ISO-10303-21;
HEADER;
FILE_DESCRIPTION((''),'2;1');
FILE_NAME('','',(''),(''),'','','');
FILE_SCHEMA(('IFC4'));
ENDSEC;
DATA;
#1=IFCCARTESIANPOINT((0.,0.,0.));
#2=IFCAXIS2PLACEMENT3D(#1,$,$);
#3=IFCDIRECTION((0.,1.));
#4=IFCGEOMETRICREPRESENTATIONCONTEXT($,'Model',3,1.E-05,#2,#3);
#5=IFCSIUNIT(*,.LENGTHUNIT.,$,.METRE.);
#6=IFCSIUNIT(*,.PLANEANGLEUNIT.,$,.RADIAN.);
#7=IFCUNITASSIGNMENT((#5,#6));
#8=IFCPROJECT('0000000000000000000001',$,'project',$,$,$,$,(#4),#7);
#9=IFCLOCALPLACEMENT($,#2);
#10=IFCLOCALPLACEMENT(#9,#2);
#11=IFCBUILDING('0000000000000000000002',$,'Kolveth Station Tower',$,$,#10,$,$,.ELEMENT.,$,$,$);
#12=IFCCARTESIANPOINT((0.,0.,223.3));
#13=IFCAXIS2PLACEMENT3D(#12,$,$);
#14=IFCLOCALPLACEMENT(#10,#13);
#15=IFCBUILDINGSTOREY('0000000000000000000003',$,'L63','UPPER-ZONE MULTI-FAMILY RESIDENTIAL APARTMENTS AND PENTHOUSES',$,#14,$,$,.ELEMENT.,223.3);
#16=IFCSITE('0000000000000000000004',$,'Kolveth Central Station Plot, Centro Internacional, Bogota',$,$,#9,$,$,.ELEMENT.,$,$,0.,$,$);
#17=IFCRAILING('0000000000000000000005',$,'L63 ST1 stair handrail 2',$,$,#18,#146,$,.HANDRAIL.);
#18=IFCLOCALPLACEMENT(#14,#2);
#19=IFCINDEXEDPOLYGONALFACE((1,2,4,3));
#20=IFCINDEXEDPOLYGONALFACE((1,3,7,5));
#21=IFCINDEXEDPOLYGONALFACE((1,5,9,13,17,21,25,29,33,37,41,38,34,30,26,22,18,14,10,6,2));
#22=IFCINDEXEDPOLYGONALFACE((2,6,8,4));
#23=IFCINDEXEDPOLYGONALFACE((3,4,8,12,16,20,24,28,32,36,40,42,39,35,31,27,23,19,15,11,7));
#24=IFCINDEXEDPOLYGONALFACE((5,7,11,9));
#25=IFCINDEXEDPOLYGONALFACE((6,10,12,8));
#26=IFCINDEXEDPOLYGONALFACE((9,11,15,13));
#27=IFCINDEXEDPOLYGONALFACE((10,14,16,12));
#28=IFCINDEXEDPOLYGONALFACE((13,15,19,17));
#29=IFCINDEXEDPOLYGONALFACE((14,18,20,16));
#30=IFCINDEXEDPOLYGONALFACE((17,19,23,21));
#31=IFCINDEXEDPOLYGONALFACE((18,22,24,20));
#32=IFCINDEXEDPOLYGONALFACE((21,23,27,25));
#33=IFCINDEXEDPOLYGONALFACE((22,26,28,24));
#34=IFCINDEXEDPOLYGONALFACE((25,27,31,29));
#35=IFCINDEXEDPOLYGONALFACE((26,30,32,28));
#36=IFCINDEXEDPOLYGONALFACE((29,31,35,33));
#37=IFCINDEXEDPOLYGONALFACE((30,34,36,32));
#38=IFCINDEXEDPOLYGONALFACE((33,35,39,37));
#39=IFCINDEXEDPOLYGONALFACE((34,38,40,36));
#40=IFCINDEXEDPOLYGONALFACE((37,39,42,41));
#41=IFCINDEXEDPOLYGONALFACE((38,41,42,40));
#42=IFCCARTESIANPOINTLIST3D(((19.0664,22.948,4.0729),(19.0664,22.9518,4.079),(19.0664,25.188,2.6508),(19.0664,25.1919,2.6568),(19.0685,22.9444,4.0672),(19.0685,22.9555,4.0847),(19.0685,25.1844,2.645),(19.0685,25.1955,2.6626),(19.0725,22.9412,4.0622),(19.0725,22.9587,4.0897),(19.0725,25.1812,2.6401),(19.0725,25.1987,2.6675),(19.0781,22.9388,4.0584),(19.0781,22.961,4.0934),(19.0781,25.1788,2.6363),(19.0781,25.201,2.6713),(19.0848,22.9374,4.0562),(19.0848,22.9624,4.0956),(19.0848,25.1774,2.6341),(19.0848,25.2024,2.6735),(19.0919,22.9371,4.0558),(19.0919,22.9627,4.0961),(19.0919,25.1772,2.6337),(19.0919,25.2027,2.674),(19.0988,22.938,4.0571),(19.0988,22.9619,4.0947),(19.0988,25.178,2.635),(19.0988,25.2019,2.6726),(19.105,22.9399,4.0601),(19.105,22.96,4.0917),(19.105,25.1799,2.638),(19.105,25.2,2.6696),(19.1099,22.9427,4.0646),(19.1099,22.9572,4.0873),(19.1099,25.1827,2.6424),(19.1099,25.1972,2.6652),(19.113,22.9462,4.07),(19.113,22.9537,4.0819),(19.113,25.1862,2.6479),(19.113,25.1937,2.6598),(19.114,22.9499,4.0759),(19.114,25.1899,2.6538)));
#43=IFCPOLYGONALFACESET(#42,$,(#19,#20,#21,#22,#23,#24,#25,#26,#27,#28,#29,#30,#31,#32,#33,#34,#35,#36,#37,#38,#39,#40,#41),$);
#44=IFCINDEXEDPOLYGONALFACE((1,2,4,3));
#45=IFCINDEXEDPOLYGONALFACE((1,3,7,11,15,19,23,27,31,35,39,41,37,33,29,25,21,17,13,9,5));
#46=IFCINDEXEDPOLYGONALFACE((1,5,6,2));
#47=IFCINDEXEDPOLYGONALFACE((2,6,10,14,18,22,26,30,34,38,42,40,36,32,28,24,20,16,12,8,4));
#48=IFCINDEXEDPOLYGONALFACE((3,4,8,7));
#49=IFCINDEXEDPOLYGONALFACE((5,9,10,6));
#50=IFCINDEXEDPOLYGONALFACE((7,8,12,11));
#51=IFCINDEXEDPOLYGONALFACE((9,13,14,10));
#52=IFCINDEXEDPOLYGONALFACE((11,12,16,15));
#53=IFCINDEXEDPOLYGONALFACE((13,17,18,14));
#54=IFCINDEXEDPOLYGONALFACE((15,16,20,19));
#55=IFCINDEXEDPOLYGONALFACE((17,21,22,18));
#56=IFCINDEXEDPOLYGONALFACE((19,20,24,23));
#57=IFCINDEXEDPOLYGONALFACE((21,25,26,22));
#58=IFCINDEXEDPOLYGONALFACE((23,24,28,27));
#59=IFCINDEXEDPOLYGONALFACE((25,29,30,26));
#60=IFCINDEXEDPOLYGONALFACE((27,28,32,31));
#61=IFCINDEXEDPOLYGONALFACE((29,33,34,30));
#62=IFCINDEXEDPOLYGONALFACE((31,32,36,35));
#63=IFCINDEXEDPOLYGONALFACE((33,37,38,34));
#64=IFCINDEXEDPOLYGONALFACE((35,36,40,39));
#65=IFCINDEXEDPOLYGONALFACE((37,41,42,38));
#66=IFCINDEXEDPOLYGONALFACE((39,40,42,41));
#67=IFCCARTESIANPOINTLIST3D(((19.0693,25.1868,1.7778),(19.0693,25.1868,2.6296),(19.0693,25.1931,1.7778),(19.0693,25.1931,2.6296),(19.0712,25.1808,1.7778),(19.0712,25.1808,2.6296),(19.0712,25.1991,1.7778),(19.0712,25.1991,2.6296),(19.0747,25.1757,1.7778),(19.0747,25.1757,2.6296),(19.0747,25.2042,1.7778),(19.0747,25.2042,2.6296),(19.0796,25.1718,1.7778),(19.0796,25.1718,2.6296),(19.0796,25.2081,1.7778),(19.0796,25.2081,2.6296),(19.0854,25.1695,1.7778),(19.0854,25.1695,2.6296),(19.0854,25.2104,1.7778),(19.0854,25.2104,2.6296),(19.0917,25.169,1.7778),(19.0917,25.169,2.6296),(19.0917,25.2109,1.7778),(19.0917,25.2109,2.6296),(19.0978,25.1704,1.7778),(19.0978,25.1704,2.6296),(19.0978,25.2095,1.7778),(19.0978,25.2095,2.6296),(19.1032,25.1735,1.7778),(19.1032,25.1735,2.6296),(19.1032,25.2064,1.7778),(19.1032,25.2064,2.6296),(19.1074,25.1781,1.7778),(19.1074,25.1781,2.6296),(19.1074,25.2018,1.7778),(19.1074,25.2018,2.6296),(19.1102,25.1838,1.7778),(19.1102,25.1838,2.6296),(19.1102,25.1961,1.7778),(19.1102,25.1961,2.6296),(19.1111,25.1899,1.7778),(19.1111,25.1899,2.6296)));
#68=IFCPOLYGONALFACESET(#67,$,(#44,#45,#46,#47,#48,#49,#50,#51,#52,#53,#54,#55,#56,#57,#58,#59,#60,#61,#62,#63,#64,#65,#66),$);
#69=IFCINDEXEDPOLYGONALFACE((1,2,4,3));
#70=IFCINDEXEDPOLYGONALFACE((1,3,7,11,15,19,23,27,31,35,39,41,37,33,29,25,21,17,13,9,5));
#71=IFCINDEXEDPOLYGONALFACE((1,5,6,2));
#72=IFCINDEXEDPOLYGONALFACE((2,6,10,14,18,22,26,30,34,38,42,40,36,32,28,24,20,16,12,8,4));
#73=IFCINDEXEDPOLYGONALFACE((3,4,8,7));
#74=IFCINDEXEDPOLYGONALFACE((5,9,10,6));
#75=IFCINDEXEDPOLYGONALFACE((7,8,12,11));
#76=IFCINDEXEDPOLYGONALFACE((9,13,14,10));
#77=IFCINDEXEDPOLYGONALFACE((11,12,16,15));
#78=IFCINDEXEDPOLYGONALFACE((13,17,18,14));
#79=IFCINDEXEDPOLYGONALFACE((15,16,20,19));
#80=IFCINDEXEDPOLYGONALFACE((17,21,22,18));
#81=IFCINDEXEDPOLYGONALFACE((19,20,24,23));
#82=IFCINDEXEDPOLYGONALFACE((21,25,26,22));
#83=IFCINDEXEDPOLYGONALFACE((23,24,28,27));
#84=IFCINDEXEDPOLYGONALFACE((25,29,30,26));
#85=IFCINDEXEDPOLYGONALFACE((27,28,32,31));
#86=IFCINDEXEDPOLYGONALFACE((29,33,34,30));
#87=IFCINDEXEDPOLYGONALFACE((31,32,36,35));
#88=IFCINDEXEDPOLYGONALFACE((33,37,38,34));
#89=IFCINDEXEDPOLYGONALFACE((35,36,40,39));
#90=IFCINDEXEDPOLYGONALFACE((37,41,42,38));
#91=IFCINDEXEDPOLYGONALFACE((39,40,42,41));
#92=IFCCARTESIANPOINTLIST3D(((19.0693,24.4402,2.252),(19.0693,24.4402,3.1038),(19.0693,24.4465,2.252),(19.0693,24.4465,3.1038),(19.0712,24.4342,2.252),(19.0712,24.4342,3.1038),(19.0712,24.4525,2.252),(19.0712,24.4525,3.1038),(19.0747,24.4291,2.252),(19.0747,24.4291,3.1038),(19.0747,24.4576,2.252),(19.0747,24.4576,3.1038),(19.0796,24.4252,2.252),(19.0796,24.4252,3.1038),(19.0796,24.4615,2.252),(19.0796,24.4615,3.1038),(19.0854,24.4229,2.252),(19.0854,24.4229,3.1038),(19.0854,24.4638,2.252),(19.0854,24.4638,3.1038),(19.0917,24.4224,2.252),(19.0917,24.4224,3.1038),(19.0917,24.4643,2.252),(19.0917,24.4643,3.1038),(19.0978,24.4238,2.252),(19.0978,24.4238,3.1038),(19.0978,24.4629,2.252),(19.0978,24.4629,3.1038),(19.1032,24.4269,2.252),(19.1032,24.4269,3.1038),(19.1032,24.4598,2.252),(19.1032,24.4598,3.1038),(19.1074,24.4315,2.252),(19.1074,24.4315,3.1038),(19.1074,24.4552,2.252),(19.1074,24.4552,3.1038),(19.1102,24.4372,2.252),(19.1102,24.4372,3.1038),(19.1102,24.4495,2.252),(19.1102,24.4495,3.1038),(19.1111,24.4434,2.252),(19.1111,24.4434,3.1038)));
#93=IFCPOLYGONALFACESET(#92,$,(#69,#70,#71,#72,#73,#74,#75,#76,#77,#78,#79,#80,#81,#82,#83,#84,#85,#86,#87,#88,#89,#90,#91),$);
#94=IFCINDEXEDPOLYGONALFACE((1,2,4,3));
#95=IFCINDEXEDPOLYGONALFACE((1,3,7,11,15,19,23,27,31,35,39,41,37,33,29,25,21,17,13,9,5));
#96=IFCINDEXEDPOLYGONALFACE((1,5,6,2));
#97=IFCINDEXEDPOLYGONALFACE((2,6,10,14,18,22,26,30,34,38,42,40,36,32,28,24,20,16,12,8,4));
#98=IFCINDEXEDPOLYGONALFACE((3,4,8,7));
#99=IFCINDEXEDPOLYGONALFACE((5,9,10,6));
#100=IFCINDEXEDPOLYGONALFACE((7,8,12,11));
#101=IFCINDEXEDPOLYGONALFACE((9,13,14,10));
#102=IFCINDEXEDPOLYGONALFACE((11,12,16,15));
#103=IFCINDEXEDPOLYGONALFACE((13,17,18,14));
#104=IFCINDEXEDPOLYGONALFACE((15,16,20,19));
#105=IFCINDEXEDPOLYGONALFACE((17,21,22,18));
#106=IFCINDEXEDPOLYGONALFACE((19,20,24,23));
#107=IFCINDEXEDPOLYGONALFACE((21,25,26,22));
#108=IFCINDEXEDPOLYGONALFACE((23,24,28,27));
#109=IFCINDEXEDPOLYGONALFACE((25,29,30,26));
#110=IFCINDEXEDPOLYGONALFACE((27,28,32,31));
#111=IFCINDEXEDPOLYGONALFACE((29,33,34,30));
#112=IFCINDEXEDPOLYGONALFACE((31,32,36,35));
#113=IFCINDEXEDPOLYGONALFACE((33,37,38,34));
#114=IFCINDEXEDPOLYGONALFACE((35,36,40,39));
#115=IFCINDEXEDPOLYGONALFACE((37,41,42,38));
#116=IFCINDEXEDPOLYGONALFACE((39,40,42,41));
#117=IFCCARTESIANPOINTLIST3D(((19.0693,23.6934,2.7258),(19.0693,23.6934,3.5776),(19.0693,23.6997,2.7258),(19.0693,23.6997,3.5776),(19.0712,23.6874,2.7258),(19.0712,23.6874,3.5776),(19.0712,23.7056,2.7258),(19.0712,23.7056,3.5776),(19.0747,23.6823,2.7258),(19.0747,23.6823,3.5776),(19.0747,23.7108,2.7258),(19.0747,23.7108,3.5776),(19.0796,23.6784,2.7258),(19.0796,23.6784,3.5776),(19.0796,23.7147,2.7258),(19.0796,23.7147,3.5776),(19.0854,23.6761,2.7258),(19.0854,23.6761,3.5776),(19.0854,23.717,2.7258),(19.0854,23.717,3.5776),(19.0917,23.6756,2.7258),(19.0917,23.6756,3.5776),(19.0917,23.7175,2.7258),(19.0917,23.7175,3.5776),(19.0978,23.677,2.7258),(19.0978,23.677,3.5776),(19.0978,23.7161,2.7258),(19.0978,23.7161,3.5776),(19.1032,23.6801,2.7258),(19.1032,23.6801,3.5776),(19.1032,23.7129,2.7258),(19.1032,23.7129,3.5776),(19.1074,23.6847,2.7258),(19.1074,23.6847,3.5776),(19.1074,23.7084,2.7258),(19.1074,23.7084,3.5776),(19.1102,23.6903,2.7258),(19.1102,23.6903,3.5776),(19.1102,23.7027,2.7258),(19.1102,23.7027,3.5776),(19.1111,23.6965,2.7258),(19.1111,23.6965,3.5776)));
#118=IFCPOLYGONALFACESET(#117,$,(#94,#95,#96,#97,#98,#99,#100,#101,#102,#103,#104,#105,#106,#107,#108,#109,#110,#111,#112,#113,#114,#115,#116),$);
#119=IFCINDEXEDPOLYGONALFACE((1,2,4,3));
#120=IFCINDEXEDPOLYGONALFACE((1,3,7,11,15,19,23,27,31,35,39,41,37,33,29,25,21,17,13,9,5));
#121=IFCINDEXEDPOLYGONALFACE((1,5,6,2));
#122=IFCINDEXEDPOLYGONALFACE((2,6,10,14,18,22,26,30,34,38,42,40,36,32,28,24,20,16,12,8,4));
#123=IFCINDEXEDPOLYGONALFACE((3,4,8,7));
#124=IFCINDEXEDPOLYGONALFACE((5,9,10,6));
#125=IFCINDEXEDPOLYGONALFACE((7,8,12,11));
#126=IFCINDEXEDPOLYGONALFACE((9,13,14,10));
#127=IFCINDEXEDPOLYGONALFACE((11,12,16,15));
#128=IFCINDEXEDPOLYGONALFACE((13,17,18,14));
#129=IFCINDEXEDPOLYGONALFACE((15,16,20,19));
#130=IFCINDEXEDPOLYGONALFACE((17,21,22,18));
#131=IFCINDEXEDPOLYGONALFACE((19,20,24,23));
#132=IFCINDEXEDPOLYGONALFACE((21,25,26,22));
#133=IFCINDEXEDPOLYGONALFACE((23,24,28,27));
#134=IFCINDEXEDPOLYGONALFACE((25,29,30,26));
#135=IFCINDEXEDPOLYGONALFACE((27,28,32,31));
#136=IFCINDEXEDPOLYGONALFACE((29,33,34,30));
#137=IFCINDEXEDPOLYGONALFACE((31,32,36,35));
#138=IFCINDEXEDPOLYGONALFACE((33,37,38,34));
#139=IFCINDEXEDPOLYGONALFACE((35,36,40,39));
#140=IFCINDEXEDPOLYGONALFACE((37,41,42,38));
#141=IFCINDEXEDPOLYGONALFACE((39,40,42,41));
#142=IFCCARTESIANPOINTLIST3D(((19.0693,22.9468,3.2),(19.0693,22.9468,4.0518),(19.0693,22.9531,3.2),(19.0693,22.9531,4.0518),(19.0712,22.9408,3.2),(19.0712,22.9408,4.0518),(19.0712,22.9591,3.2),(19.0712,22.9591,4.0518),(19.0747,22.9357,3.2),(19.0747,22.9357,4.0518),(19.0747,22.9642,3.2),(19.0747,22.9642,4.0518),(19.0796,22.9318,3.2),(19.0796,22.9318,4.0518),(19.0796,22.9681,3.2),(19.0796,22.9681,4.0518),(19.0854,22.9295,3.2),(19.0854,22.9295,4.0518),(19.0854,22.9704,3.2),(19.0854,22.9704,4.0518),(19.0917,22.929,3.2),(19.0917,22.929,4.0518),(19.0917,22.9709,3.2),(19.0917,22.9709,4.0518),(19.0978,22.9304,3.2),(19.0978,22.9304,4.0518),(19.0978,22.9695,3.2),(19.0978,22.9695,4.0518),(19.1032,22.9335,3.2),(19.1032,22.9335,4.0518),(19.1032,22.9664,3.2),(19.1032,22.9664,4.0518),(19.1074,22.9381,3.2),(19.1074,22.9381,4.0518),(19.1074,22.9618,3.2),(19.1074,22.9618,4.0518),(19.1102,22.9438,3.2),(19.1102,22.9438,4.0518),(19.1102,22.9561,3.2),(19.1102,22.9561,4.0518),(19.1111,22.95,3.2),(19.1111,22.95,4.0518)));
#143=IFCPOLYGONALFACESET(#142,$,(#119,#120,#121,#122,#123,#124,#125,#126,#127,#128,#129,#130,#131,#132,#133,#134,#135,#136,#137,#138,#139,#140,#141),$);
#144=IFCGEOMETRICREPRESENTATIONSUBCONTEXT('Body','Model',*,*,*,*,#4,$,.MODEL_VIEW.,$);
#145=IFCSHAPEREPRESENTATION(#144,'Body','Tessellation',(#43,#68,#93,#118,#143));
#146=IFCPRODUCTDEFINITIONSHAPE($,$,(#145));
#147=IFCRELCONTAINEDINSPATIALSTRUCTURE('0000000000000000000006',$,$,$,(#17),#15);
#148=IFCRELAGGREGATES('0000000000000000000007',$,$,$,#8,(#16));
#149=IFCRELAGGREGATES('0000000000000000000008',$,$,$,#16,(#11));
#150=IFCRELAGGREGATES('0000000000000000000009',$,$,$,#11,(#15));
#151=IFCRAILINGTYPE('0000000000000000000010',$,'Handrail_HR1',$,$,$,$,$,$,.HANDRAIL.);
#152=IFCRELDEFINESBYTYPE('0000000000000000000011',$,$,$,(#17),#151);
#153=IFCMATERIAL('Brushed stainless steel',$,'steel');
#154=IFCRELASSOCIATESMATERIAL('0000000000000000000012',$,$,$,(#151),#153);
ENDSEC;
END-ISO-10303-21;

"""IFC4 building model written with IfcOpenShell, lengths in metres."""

from ifc_helpers import new_model, si_unit, direction, frame, origin, origin_2d, place, context, subcontext, project, spatial, circle, extrude, material, type_object, element, save


model = new_model("IFC4")

# Units and contexts
model_context = context("Model", 3, precision=1e-05, world=origin(), true_north=direction((0.0, 1.0)))
body_context = subcontext(model_context, "Body", "Model", "MODEL_VIEW")
ifc_project = project(units=[si_unit("LENGTHUNIT", "METRE"), si_unit("PLANEANGLEUNIT", "RADIAN")], contexts=[model_context])

# Site, building, storey
site_placement = place(None, origin())
site = spatial("IfcSite", under=ifc_project, at=site_placement, Name="Kolveth Central Station Plot, Centro Internacional, Bogota", CompositionType="ELEMENT", RefElevation=0.0)
building_placement = place(site_placement, origin())
building = spatial("IfcBuilding", under=site, at=building_placement, Name="Kolveth Station Tower", CompositionType="ELEMENT")
storey_placement = place(building_placement, frame((0.0, 0.0, 223.3)))
storey = spatial("IfcBuildingStorey", under=building, at=storey_placement, Name="L63", Description="UPPER-ZONE MULTI-FAMILY RESIDENTIAL APARTMENTS AND PENTHOUSES", CompositionType="ELEMENT", Elevation=223.3)

# Railing
ifc_material_1 = material(Name="Brushed stainless steel", Category="steel")
railing_type_1 = type_object("IfcRailingType", Name="Handrail_HR1", PredefinedType="HANDRAIL", material=ifc_material_1)
railing_1_placement = place(storey_placement, frame((19.0901, 25.1899, 1.7778)))
element("IfcRailing", 1, at=railing_1_placement, inside=storey, type_object=railing_type_1, Name="L63 ST1 stair handrail 2", PredefinedType="HANDRAIL", context=body_context, shape_type="SweptSolid", body=[
    extrude(circle(Radius=0.0239, at=origin_2d()), frame((0.0, 0.0, 0.876), z_axis=(0.0, -0.844229, 0.535982), x_axis=(1.0, 0.0, 0.0)), (0.0, 0.0, 1.0), 2.6533),
    extrude(circle(Radius=0.021, at=origin_2d()), origin(), (0.0, 0.0, 1.0), 0.8518),
    extrude(circle(Radius=0.021, at=origin_2d()), frame((0.0, -0.7466, 0.4741)), (0.0, 0.0, 1.0), 0.8518),
    extrude(circle(Radius=0.021, at=origin_2d()), frame((0.0, -1.4934, 0.948)), (0.0, 0.0, 1.0), 0.8518),
    extrude(circle(Radius=0.021, at=origin_2d()), frame((0.0, -2.24, 1.4221)), (0.0, 0.0, 1.0), 0.8518),
])

save(model, "model.ifc")
